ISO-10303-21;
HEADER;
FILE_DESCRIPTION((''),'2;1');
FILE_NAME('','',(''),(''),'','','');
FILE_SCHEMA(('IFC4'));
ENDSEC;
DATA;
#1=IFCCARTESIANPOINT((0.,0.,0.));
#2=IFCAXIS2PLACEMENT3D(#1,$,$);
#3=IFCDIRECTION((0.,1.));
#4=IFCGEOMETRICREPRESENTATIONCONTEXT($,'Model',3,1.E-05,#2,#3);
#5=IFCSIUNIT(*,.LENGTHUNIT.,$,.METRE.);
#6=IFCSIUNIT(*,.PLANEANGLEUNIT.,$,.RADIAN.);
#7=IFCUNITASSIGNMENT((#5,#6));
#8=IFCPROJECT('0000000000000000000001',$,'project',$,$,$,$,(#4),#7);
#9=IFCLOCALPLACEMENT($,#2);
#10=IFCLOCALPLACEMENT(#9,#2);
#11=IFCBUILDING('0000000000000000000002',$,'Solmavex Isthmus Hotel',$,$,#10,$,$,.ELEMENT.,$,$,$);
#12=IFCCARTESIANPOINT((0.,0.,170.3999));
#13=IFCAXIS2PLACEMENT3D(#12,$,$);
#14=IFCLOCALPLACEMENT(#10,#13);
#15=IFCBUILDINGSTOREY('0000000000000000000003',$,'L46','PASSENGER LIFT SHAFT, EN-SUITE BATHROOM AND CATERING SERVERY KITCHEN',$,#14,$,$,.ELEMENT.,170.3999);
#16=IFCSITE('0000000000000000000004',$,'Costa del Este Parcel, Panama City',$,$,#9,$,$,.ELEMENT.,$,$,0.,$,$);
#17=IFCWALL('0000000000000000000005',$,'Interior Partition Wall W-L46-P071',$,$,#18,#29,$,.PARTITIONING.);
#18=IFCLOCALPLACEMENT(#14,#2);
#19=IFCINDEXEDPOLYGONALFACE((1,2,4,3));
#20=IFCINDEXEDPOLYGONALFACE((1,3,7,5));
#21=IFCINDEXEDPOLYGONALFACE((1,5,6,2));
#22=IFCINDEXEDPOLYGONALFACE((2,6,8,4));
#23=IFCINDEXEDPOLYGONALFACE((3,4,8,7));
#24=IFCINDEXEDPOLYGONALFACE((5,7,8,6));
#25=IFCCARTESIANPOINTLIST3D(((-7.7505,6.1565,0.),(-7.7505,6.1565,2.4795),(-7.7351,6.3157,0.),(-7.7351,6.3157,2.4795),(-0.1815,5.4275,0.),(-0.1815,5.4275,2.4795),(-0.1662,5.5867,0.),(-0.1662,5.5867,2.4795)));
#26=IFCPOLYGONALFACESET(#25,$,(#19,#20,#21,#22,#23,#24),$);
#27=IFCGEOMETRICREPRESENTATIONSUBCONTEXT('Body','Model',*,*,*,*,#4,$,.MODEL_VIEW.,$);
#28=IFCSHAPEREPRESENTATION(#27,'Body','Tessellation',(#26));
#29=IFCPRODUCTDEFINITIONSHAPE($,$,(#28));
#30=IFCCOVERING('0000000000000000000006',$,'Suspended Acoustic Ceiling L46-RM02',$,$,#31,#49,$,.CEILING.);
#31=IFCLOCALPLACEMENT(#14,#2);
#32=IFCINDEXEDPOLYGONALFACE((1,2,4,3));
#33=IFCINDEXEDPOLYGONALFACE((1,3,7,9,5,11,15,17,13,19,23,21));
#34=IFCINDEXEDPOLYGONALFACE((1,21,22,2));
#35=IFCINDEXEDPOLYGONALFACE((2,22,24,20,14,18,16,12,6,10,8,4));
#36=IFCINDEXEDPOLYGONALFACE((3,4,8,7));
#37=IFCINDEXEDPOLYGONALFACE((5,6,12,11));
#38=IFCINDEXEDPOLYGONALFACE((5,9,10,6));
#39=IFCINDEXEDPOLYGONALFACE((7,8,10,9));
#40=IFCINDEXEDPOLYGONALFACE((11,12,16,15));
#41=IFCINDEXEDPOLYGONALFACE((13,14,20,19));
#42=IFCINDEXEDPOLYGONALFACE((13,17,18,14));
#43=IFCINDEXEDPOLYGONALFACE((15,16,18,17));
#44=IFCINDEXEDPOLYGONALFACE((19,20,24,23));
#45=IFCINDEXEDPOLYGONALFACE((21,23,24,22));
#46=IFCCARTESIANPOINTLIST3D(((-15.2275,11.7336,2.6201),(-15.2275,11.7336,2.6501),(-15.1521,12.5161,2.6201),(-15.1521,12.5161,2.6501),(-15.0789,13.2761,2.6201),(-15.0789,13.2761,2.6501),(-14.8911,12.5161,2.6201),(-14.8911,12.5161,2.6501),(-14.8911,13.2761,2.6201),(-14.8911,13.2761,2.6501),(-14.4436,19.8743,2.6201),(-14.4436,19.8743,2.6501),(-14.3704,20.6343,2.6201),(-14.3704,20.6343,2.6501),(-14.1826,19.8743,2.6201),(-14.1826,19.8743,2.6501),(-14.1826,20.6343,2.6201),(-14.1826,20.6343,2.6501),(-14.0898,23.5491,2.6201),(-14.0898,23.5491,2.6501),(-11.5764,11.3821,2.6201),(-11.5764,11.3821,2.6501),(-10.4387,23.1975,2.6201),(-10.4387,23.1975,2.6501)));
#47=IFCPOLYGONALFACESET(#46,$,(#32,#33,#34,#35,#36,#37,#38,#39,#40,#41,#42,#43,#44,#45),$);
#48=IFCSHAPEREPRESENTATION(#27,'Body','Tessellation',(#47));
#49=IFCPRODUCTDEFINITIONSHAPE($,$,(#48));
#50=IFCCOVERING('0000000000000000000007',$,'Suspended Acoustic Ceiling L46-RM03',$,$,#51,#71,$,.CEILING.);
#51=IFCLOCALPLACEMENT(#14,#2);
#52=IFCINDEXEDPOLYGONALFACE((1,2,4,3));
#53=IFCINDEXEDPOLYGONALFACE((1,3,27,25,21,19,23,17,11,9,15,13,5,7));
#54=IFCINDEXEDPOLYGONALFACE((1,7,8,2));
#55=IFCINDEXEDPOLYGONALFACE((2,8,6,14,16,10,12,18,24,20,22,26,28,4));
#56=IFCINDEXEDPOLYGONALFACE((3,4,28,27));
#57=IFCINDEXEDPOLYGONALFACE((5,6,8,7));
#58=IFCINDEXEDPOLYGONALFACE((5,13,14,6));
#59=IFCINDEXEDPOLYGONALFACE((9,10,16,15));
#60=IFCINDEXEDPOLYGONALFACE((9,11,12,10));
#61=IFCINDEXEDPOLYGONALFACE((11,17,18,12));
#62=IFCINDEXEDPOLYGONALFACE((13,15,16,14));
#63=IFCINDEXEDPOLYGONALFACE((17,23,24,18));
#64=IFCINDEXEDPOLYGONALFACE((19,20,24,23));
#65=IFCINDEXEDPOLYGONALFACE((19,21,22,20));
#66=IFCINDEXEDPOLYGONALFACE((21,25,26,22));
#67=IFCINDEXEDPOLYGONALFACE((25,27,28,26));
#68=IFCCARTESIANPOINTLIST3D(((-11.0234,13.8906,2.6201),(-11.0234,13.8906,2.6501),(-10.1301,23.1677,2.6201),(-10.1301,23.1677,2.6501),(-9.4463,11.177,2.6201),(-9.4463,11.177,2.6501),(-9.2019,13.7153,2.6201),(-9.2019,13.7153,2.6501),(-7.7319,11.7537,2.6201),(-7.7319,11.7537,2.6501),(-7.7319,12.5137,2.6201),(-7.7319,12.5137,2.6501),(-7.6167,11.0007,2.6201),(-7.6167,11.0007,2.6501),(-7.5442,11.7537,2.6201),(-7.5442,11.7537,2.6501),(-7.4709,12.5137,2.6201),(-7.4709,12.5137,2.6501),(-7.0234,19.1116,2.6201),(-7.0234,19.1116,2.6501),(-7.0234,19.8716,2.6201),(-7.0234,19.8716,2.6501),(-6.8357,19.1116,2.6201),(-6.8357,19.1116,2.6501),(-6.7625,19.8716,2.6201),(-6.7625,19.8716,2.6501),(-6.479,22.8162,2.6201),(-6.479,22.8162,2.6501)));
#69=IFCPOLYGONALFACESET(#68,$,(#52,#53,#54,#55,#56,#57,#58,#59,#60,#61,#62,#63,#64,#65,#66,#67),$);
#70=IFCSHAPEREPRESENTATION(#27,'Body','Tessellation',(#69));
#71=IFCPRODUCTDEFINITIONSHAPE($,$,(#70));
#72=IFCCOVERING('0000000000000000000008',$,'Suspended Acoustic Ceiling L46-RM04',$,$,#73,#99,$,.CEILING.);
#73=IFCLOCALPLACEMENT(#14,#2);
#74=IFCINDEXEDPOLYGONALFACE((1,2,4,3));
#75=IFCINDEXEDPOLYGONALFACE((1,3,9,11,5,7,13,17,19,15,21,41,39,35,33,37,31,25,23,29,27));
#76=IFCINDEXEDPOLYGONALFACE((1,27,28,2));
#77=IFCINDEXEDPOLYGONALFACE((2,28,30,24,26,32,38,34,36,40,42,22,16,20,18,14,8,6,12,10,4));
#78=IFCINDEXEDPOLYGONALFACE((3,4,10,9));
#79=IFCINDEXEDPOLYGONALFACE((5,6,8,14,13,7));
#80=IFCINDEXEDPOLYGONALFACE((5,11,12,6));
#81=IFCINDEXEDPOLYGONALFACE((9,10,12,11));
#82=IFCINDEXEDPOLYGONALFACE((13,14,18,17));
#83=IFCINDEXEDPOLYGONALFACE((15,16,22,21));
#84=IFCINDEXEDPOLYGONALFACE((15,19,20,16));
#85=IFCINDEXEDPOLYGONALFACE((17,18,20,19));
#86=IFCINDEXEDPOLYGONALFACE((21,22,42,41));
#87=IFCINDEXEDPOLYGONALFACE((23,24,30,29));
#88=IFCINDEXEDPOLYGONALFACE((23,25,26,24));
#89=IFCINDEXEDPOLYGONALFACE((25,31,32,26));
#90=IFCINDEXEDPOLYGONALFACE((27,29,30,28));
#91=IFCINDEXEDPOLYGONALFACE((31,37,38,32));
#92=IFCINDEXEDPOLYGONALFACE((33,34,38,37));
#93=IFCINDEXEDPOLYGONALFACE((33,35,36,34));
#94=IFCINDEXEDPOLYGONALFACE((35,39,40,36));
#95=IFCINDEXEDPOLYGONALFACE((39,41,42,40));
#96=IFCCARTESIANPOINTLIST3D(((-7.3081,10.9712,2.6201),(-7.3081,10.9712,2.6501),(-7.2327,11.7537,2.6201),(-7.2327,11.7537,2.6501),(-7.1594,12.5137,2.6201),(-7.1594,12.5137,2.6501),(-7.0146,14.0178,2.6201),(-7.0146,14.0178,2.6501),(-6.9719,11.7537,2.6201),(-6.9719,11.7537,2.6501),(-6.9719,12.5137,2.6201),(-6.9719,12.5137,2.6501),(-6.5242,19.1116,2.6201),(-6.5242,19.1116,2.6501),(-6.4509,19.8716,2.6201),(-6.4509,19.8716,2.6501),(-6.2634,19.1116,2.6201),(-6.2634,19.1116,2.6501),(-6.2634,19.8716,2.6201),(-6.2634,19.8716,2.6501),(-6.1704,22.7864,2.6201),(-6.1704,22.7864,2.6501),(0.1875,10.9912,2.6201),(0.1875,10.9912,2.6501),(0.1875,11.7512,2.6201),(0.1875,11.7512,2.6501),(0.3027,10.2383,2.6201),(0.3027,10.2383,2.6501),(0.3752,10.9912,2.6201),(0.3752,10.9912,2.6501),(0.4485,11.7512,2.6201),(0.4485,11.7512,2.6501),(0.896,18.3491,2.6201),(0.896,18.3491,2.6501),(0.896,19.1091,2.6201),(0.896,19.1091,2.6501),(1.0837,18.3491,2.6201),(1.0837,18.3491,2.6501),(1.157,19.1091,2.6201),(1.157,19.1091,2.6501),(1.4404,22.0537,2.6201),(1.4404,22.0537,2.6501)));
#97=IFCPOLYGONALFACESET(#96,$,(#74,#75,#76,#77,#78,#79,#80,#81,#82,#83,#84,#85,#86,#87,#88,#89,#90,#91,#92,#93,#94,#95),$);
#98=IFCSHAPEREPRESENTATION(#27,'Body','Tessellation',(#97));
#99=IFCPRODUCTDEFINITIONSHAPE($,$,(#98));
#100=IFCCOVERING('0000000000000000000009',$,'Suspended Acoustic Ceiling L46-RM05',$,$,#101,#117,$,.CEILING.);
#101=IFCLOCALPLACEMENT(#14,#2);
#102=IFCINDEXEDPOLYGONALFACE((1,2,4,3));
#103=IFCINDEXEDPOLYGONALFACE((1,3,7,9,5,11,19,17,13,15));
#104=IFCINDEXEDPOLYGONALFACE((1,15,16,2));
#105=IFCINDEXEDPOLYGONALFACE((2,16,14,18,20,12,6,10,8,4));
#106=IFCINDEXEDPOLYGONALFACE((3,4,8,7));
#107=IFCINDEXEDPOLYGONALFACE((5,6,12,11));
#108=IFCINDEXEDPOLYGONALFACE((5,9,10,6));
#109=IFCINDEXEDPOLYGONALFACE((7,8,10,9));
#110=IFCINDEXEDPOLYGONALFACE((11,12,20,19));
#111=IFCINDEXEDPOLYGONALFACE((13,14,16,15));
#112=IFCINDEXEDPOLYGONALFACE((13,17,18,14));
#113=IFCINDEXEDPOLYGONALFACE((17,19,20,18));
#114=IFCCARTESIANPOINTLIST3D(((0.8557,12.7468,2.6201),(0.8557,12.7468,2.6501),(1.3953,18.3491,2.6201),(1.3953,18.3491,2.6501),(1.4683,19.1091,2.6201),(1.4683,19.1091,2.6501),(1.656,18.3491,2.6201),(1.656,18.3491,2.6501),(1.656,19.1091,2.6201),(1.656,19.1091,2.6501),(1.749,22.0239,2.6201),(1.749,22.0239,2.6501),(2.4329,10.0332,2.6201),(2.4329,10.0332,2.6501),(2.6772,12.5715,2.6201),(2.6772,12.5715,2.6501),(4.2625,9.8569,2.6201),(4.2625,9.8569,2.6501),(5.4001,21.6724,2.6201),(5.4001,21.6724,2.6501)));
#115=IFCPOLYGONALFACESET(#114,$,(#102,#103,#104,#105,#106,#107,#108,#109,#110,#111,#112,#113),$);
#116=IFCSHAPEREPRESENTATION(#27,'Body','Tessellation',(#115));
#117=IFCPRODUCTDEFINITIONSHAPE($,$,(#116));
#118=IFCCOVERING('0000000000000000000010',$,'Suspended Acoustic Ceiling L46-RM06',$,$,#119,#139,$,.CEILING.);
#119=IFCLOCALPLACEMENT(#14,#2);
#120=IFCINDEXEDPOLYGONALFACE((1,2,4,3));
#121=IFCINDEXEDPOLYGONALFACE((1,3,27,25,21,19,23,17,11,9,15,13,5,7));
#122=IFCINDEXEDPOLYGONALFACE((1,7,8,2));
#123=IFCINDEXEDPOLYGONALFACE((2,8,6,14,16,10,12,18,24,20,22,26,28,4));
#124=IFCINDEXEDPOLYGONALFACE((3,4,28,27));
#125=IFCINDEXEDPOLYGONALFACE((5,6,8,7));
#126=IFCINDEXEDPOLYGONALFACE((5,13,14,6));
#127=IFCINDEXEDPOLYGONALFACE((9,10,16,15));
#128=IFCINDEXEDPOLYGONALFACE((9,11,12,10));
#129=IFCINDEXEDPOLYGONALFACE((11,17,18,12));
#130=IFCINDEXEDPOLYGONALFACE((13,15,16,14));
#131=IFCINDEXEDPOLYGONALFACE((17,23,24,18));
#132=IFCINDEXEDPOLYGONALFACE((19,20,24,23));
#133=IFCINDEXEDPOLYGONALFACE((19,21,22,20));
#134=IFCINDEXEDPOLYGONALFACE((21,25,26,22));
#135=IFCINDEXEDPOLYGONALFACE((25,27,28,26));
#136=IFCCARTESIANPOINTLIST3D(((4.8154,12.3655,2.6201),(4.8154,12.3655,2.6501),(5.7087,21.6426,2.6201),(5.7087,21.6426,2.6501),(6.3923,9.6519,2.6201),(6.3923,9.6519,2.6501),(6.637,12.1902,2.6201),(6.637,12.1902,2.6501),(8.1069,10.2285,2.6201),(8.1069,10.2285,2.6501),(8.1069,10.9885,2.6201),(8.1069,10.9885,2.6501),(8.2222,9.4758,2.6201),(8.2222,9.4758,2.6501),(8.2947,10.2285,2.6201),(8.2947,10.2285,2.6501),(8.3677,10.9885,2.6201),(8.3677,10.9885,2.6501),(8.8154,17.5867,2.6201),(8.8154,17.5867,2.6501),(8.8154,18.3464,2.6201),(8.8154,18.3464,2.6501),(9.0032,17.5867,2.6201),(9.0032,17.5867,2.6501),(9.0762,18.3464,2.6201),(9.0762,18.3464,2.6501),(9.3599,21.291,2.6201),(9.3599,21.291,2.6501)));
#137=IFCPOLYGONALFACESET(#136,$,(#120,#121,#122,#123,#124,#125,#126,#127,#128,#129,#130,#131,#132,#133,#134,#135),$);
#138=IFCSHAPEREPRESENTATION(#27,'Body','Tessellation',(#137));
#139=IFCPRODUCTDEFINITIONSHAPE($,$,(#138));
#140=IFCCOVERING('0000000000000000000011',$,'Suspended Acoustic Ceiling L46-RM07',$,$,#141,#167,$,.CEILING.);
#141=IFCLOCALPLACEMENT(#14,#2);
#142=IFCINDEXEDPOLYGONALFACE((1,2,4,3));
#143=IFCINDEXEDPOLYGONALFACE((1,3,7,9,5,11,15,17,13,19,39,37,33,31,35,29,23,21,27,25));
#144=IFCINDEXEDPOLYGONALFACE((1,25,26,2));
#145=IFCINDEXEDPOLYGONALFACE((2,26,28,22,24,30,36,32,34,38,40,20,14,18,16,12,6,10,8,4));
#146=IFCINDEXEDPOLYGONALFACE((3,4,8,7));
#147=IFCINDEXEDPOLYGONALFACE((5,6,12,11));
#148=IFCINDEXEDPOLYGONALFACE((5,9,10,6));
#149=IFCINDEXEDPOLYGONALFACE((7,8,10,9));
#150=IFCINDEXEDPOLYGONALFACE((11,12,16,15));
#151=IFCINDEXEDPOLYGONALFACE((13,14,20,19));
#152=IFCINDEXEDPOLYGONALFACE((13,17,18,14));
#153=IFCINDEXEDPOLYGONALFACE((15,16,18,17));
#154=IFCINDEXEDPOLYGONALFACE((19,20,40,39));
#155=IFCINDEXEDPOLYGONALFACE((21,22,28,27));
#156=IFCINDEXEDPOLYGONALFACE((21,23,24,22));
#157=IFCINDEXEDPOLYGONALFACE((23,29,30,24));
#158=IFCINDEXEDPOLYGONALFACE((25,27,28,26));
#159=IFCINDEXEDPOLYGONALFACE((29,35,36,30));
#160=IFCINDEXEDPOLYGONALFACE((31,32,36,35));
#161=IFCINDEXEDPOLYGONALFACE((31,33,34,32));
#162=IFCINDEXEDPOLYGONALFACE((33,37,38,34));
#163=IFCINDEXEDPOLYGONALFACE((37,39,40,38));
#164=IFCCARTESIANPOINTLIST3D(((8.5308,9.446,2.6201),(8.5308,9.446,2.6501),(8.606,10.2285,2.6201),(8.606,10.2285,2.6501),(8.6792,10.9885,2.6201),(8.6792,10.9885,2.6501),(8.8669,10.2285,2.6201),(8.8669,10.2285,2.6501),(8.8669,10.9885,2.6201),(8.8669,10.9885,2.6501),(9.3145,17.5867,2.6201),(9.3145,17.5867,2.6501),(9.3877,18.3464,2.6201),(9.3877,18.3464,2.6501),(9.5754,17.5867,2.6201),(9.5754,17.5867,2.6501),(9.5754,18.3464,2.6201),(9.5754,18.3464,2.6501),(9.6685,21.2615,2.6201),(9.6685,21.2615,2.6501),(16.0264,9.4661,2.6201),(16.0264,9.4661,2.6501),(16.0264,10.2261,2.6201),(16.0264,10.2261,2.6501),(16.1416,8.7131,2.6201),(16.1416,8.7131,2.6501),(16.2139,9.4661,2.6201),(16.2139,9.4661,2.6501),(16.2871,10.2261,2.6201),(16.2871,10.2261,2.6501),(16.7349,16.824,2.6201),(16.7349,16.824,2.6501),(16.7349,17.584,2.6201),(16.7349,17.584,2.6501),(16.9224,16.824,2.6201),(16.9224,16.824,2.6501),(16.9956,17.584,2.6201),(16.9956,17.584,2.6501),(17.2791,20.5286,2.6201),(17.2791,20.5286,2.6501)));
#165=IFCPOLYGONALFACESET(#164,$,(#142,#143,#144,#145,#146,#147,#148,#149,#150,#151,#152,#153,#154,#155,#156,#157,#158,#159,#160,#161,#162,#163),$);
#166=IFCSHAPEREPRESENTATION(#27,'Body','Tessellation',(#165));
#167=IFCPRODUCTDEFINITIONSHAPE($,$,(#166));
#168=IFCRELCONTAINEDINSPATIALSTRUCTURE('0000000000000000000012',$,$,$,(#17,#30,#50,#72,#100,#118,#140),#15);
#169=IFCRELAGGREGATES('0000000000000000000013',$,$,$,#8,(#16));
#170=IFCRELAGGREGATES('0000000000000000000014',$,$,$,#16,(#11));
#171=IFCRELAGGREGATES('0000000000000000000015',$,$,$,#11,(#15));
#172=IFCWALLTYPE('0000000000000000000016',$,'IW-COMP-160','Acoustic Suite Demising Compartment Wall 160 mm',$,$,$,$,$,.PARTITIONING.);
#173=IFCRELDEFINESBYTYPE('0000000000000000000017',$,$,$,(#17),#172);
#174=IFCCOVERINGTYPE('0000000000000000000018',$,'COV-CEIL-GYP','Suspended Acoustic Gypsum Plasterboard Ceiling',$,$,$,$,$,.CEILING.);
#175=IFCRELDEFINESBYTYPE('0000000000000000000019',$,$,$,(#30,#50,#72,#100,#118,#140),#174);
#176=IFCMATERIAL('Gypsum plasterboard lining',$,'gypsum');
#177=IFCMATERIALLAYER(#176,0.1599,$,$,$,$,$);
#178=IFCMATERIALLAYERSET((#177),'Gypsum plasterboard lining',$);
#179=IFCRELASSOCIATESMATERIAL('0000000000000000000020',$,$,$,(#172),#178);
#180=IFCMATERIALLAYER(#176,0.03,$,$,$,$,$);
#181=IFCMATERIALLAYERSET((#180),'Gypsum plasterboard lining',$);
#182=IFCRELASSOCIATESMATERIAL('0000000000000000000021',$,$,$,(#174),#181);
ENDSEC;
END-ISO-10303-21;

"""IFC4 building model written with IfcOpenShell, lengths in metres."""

from ifc_helpers import new_model, si_unit, direction, frame, frame_2d, origin, place, context, subcontext, project, spatial, polyline, rectangle, outline, extrude, material, layer, layer_set, type_object, element, save


model = new_model("IFC4")

# Units and contexts
model_context = context("Model", 3, precision=1e-05, world=origin(), true_north=direction((0.0, 1.0)))
body_context = subcontext(model_context, "Body", "Model", "MODEL_VIEW")
ifc_project = project(units=[si_unit("LENGTHUNIT", "METRE"), si_unit("PLANEANGLEUNIT", "RADIAN")], contexts=[model_context])

# Site, building, storey
site_placement = place(None, origin())
site = spatial("IfcSite", under=ifc_project, at=site_placement, Name="Costa del Este Parcel, Panama City", CompositionType="ELEMENT", RefElevation=0.0)
building_placement = place(site_placement, origin())
building = spatial("IfcBuilding", under=site, at=building_placement, Name="Solmavex Isthmus Hotel", CompositionType="ELEMENT")
storey_placement = place(building_placement, frame((0.0, 0.0, 170.3999)))
storey = spatial("IfcBuildingStorey", under=building, at=storey_placement, Name="L46", Description="PASSENGER LIFT SHAFT, EN-SUITE BATHROOM AND CATERING SERVERY KITCHEN", CompositionType="ELEMENT", Elevation=170.3999)

# Wall
ifc_material_1 = material(Name="Gypsum plasterboard lining", Category="gypsum")
ifc_layer_1 = layer(ifc_material_1, 0.1599)
ifc_layer_set_1 = layer_set([ifc_layer_1], Name="Gypsum plasterboard lining")
wall_type = type_object("IfcWallType", Name="IW-COMP-160", Description="Acoustic Suite Demising Compartment Wall 160 mm", PredefinedType="PARTITIONING", material=ifc_layer_set_1)
wall_placement = place(storey_placement, frame((-0.1738, 5.5071, 0.0), z_axis=(0.0, 0.0, 1.0), x_axis=(-0.995394, 0.09587, 0.0)))
element("IfcWall", 1, at=wall_placement, inside=storey, type_object=wall_type, Name="Interior Partition Wall W-L46-P071", PredefinedType="PARTITIONING", context=body_context, shape_type="SweptSolid", body=[
    extrude(rectangle(XDim=7.604, YDim=0.1599, at=frame_2d((3.802, 0.0))), origin(), (0.0, 0.0, 1.0), 2.4795),
])

# Coverings
ifc_layer_2 = layer(ifc_material_1, 0.03)
ifc_layer_set_2 = layer_set([ifc_layer_2], Name="Gypsum plasterboard lining")
covering_type_1 = type_object("IfcCoveringType", Name="COV-CEIL-GYP", Description="Suspended Acoustic Gypsum Plasterboard Ceiling", PredefinedType="CEILING", material=ifc_layer_set_2)
covering_1_placement = place(storey_placement, frame((0.0, 0.0, 2.6201)))
element("IfcCovering", 2, at=covering_1_placement, inside=storey, type_object=covering_type_1, Name="Suspended Acoustic Ceiling L46-RM02", PredefinedType="CEILING", context=body_context, shape_type="SweptSolid", body=[
    extrude(outline(polyline([(-15.0789, 13.2761), (-14.8911, 13.2761), (-14.8911, 12.5161), (-15.1521, 12.5161), (-15.2275, 11.7336), (-11.5764, 11.3821), (-10.4387, 23.1975), (-14.0898, 23.5491), (-14.3704, 20.6343), (-14.1826, 20.6343), (-14.1826, 19.8743), (-14.4436, 19.8743), (-15.0789, 13.2761)])), origin(), (0.0, 0.0, 1.0), 0.03),
])
covering_2_placement = place(storey_placement, frame((0.0, 0.0, 2.6201)))
element("IfcCovering", 3, at=covering_2_placement, inside=storey, type_object=covering_type_1, Name="Suspended Acoustic Ceiling L46-RM03", PredefinedType="CEILING", context=body_context, shape_type="SweptSolid", body=[
    extrude(outline(polyline([(-6.8357, 19.1116), (-7.0234, 19.1116), (-7.0234, 19.8716), (-6.7625, 19.8716), (-6.479, 22.8162), (-10.1301, 23.1677), (-11.0234, 13.8906), (-9.2019, 13.7153), (-9.4463, 11.177), (-7.6167, 11.0007), (-7.5442, 11.7537), (-7.7319, 11.7537), (-7.7319, 12.5137), (-7.4709, 12.5137), (-6.8357, 19.1116)])), origin(), (0.0, 0.0, 1.0), 0.03),
])
covering_3_placement = place(storey_placement, frame((0.0, 0.0, 2.6201)))
element("IfcCovering", 4, at=covering_3_placement, inside=storey, type_object=covering_type_1, Name="Suspended Acoustic Ceiling L46-RM04", PredefinedType="CEILING", context=body_context, shape_type="SweptSolid", body=[
    extrude(outline(polyline([(-7.1594, 12.5137), (-6.9719, 12.5137), (-6.9719, 11.7537), (-7.2327, 11.7537), (-7.3081, 10.9712), (0.3027, 10.2383), (0.3752, 10.9912), (0.1875, 10.9912), (0.1875, 11.7512), (0.4485, 11.7512), (1.0837, 18.3491), (0.896, 18.3491), (0.896, 19.1091), (1.157, 19.1091), (1.4404, 22.0537), (-6.1704, 22.7864), (-6.4509, 19.8716), (-6.2634, 19.8716), (-6.2634, 19.1116), (-6.5242, 19.1116), (-7.0146, 14.0178), (-7.1594, 12.5137)])), origin(), (0.0, 0.0, 1.0), 0.03),
])
covering_4_placement = place(storey_placement, frame((0.0, 0.0, 2.6201)))
element("IfcCovering", 5, at=covering_4_placement, inside=storey, type_object=covering_type_1, Name="Suspended Acoustic Ceiling L46-RM05", PredefinedType="CEILING", context=body_context, shape_type="SweptSolid", body=[
    extrude(outline(polyline([(1.4683, 19.1091), (1.656, 19.1091), (1.656, 18.3491), (1.3953, 18.3491), (0.8557, 12.7468), (2.6772, 12.5715), (2.4329, 10.0332), (4.2625, 9.8569), (5.4001, 21.6724), (1.749, 22.0239), (1.4683, 19.1091)])), origin(), (0.0, 0.0, 1.0), 0.03),
])
covering_5_placement = place(storey_placement, frame((0.0, 0.0, 2.6201)))
element("IfcCovering", 6, at=covering_5_placement, inside=storey, type_object=covering_type_1, Name="Suspended Acoustic Ceiling L46-RM06", PredefinedType="CEILING", context=body_context, shape_type="SweptSolid", body=[
    extrude(outline(polyline([(9.0032, 17.5867), (8.8154, 17.5867), (8.8154, 18.3464), (9.0762, 18.3464), (9.3599, 21.291), (5.7087, 21.6426), (4.8154, 12.3655), (6.637, 12.1902), (6.3923, 9.6519), (8.2222, 9.4758), (8.2947, 10.2285), (8.1069, 10.2285), (8.1069, 10.9885), (8.3677, 10.9885), (9.0032, 17.5867)])), origin(), (0.0, 0.0, 1.0), 0.03),
])
covering_6_placement = place(storey_placement, frame((0.0, 0.0, 2.6201)))
element("IfcCovering", 7, at=covering_6_placement, inside=storey, type_object=covering_type_1, Name="Suspended Acoustic Ceiling L46-RM07", PredefinedType="CEILING", context=body_context, shape_type="SweptSolid", body=[
    extrude(outline(polyline([(8.6792, 10.9885), (8.8669, 10.9885), (8.8669, 10.2285), (8.606, 10.2285), (8.5308, 9.446), (16.1416, 8.7131), (16.2139, 9.4661), (16.0264, 9.4661), (16.0264, 10.2261), (16.2871, 10.2261), (16.9224, 16.824), (16.7349, 16.824), (16.7349, 17.584), (16.9956, 17.584), (17.2791, 20.5286), (9.6685, 21.2615), (9.3877, 18.3464), (9.5754, 18.3464), (9.5754, 17.5867), (9.3145, 17.5867), (8.6792, 10.9885)])), origin(), (0.0, 0.0, 1.0), 0.03),
])

save(model, "model.ifc")
